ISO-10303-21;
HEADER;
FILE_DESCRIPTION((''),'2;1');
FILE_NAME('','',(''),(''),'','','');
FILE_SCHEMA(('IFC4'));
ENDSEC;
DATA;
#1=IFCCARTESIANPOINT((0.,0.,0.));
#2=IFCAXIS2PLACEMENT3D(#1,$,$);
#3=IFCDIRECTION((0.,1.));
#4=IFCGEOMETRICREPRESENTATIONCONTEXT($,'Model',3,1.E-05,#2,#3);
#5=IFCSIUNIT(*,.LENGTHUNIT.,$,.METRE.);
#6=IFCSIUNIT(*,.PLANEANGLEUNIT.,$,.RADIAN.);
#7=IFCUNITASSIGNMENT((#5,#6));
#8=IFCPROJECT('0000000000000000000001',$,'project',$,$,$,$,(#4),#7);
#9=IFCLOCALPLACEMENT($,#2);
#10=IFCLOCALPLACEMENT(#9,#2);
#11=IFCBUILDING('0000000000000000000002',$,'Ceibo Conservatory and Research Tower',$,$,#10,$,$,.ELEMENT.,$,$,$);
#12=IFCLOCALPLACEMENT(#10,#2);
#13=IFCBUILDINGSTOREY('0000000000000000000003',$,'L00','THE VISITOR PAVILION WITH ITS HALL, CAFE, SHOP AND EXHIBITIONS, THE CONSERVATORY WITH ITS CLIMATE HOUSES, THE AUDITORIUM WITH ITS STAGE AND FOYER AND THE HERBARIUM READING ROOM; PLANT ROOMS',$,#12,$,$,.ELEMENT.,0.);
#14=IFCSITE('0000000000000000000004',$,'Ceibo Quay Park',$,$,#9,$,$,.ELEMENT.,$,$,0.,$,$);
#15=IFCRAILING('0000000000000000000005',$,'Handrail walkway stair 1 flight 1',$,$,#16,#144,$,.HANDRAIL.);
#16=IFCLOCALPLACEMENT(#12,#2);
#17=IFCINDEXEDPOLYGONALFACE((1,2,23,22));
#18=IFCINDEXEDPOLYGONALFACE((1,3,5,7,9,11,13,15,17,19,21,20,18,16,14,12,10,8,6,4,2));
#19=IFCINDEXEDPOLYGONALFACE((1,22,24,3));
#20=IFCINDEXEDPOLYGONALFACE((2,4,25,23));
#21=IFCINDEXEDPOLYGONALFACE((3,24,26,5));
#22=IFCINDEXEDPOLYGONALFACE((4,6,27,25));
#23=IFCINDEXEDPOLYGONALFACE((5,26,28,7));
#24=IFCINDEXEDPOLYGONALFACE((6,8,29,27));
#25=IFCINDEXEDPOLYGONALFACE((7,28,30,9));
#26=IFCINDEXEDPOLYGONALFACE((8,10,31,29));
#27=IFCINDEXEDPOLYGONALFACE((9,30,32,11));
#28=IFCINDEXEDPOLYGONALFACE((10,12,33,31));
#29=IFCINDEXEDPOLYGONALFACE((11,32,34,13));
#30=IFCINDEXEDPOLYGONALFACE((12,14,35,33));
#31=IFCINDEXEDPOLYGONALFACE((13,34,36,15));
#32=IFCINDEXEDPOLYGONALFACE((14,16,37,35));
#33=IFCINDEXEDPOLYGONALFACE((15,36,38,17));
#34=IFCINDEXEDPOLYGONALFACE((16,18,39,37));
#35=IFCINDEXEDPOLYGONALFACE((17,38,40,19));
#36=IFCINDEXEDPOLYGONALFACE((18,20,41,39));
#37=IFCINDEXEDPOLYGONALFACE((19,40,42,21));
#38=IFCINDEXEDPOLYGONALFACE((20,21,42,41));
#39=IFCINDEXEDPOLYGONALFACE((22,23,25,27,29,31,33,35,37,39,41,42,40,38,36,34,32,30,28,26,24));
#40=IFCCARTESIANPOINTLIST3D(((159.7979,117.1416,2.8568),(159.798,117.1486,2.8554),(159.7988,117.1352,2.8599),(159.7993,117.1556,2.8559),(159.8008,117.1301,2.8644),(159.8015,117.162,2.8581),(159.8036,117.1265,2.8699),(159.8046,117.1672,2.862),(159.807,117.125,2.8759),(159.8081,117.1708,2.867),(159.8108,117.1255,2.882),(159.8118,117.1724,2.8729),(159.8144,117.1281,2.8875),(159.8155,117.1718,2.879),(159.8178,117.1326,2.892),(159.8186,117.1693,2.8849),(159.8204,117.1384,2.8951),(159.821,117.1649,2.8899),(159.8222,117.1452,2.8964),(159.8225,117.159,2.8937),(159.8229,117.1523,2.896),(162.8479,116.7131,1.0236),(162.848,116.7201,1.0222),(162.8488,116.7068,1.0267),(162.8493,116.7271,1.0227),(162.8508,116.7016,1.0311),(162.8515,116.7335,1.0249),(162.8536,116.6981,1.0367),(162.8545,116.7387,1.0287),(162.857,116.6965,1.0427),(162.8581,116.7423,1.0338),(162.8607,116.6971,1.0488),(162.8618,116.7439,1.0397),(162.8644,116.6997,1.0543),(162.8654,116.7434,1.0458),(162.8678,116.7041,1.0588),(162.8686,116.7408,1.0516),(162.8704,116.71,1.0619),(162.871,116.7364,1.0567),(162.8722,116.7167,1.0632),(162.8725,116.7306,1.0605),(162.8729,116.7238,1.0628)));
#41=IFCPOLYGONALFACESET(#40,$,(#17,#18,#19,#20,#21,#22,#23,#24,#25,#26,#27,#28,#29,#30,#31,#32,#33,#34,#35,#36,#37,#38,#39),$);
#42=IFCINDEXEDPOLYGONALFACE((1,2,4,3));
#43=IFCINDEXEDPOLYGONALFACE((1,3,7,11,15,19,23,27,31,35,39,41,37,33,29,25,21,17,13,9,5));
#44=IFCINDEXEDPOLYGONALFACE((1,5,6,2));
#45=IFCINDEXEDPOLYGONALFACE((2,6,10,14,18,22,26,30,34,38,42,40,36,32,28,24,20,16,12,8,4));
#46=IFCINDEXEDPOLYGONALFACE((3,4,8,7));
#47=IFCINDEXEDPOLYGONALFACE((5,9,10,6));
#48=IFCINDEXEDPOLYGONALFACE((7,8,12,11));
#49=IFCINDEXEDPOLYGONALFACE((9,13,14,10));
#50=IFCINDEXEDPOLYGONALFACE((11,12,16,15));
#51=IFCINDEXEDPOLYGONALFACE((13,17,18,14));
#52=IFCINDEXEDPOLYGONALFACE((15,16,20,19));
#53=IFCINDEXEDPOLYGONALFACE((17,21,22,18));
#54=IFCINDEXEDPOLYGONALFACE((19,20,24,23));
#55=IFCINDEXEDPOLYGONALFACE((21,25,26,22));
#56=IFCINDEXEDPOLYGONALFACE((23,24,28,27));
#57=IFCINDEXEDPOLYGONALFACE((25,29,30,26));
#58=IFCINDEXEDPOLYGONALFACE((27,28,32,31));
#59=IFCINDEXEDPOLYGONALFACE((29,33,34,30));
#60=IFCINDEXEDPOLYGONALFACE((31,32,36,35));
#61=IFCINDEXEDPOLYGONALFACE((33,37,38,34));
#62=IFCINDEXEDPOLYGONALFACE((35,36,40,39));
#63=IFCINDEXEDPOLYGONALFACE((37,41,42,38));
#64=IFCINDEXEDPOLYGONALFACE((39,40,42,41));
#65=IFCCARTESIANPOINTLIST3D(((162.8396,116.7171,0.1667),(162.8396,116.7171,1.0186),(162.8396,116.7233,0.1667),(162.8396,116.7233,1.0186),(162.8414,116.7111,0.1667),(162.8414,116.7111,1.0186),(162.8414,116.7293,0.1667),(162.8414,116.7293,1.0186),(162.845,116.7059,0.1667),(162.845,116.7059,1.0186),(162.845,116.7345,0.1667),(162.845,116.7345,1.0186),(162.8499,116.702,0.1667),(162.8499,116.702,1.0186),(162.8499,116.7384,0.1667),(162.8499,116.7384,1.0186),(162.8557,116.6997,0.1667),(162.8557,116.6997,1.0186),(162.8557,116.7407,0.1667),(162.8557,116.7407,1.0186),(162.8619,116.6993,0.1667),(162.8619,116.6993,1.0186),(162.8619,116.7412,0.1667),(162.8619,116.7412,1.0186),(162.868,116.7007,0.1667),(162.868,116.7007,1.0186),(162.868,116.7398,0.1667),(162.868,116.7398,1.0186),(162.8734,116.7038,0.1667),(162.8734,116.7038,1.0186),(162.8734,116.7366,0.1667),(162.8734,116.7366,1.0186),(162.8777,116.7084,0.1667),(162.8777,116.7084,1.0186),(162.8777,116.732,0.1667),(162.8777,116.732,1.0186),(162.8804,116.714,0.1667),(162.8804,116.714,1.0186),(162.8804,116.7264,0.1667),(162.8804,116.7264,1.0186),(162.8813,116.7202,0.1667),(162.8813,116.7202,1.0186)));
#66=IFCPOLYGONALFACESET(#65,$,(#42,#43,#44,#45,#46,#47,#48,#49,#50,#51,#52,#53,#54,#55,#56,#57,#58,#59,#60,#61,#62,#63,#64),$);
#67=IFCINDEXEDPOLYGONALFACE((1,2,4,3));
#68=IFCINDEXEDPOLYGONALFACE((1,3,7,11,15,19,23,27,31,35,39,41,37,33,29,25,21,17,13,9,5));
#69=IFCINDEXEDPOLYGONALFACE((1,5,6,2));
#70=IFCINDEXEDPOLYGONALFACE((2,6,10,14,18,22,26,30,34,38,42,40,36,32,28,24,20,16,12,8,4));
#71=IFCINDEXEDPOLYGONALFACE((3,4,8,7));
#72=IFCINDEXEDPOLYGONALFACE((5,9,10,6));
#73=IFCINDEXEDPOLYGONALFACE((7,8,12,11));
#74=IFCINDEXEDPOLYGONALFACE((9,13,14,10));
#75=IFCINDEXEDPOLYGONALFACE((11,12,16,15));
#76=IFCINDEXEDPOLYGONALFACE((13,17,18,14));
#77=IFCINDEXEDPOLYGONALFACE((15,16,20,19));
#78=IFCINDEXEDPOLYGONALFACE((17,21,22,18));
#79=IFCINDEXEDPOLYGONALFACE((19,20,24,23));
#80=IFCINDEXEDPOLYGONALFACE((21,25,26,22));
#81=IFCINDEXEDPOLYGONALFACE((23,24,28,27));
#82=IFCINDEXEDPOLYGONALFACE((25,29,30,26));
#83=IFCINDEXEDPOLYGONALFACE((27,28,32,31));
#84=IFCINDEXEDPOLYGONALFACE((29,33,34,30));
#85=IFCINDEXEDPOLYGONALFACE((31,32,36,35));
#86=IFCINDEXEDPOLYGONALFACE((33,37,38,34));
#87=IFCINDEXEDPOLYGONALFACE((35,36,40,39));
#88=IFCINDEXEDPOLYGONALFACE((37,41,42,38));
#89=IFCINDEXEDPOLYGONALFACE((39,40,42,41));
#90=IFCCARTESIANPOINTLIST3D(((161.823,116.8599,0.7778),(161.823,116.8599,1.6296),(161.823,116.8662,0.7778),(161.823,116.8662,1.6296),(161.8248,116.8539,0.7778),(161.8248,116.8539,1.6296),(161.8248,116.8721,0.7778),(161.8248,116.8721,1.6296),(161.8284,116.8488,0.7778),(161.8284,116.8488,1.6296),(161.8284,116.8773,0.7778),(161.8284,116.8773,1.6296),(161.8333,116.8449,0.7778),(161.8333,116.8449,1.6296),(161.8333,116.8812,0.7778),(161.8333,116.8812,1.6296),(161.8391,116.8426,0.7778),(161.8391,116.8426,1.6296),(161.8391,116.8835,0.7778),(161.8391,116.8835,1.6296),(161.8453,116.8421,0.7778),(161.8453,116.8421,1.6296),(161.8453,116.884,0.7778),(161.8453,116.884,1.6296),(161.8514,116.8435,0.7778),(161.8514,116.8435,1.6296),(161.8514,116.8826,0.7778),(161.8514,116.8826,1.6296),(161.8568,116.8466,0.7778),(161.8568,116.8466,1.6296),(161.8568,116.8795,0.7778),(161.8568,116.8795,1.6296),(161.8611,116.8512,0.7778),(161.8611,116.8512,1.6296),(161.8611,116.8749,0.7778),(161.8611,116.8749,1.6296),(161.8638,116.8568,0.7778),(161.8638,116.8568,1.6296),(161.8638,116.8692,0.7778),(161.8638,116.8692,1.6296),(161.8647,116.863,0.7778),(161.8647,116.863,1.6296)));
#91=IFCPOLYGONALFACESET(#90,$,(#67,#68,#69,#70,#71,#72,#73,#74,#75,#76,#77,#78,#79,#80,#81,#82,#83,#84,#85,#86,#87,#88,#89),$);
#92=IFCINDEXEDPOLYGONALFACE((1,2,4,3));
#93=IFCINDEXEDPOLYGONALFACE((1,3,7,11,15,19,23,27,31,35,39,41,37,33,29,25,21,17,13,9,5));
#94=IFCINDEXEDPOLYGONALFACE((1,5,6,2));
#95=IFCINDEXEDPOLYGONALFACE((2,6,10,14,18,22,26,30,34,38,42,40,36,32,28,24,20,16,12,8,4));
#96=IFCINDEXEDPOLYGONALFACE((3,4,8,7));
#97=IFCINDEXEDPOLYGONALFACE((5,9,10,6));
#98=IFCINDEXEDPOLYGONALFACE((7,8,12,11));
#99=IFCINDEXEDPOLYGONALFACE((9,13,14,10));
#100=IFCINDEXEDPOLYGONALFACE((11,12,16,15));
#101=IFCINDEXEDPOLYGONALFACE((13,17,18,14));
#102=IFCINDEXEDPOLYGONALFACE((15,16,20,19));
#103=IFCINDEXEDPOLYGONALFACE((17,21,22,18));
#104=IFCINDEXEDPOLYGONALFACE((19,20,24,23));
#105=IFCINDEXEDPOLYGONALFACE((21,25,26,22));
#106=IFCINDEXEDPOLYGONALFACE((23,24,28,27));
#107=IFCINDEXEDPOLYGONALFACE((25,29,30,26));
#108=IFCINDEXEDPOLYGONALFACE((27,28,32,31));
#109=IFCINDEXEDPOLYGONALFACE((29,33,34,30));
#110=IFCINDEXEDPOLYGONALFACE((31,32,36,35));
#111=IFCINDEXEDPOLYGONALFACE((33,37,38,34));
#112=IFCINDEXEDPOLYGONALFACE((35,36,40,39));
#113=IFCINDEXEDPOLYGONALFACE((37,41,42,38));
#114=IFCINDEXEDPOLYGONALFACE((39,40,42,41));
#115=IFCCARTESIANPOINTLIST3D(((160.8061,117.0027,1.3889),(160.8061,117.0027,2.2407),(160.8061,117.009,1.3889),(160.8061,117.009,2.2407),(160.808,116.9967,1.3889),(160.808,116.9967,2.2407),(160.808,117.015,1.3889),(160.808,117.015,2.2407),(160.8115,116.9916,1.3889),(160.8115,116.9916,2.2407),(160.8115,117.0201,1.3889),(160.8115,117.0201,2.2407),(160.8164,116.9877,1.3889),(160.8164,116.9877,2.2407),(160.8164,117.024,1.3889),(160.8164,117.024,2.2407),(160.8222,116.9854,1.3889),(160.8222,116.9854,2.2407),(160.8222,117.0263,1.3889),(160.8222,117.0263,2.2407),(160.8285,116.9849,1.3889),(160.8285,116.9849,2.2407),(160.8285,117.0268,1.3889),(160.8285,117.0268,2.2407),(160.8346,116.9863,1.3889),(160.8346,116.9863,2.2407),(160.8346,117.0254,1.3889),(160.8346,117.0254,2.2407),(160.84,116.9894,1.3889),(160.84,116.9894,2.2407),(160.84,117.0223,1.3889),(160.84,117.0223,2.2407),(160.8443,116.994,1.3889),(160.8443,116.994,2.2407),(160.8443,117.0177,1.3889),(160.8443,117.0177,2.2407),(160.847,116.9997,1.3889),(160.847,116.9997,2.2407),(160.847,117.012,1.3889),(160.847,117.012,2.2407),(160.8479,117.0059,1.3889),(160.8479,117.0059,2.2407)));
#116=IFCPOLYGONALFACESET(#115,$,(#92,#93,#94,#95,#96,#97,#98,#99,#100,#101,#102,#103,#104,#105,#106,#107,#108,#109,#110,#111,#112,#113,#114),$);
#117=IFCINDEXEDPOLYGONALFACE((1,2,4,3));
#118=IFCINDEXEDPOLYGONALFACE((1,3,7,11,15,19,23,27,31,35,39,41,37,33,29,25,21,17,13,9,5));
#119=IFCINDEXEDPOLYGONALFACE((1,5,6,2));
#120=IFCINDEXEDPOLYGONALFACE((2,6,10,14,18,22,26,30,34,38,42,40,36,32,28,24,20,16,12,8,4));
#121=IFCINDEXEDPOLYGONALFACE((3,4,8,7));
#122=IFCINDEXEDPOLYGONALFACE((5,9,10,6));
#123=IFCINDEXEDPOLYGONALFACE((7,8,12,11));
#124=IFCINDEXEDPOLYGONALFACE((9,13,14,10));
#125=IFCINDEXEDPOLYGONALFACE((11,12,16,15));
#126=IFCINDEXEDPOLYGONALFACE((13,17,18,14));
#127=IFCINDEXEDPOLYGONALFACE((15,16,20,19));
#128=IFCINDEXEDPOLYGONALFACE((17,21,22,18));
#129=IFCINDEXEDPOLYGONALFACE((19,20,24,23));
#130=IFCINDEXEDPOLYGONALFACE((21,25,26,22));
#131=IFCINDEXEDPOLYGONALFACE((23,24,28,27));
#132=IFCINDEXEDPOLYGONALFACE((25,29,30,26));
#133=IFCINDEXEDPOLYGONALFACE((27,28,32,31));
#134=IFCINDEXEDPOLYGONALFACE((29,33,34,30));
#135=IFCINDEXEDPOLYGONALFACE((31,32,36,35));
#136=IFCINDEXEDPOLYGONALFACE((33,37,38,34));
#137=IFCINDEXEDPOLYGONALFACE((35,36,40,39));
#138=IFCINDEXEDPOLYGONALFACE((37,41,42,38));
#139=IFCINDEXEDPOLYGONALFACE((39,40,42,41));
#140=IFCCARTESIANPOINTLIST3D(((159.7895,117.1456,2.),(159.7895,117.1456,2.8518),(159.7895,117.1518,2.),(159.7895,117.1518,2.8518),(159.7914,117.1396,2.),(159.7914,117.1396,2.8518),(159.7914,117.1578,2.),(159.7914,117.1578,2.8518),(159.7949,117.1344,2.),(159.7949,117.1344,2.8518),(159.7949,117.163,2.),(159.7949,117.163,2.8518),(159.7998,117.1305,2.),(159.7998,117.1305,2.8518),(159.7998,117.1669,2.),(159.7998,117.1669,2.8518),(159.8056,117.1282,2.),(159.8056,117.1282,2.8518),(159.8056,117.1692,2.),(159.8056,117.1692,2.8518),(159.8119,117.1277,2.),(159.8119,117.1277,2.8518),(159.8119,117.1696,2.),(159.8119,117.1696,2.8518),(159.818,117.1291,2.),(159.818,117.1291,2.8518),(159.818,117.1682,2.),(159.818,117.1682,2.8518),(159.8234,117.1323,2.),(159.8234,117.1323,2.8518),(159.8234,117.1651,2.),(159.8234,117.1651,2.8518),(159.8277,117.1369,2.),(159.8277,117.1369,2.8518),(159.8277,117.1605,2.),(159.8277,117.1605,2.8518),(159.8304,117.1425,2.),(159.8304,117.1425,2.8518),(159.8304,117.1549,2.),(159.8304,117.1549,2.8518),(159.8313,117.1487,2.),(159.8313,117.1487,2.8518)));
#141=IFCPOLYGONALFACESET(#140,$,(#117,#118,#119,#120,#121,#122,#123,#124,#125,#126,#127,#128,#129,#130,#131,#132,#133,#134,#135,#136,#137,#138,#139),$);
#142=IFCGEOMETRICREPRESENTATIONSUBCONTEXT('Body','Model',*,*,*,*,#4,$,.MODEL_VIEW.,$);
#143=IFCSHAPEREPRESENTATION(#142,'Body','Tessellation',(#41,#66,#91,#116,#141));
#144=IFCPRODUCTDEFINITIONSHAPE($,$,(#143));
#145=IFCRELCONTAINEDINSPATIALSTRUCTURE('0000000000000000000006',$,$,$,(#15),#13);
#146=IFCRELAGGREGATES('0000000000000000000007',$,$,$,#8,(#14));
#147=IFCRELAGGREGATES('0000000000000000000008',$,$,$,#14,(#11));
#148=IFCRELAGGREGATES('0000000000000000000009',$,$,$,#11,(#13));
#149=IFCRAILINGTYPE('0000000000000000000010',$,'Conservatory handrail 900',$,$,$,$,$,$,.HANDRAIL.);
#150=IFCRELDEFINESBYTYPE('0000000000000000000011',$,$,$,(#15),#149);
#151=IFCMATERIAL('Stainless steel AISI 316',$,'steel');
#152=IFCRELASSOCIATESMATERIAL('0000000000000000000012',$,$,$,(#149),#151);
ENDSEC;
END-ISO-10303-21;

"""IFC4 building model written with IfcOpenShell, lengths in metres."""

from ifc_helpers import new_model, si_unit, direction, frame, origin, origin_2d, place, context, subcontext, project, spatial, circle, extrude, material, type_object, element, save


model = new_model("IFC4")

# Units and contexts
model_context = context("Model", 3, precision=1e-05, world=origin(), true_north=direction((0.0, 1.0)))
body_context = subcontext(model_context, "Body", "Model", "MODEL_VIEW")
ifc_project = project(units=[si_unit("LENGTHUNIT", "METRE"), si_unit("PLANEANGLEUNIT", "RADIAN")], contexts=[model_context])

# Site, building, storey
site_placement = place(None, origin())
site = spatial("IfcSite", under=ifc_project, at=site_placement, Name="Ceibo Quay Park", CompositionType="ELEMENT", RefElevation=0.0)
building_placement = place(site_placement, origin())
building = spatial("IfcBuilding", under=site, at=building_placement, Name="Ceibo Conservatory and Research Tower", CompositionType="ELEMENT")
storey_placement = place(building_placement, origin())
storey = spatial("IfcBuildingStorey", under=building, at=storey_placement, Name="L00", Description="THE VISITOR PAVILION WITH ITS HALL, CAFE, SHOP AND EXHIBITIONS, THE CONSERVATORY WITH ITS CLIMATE HOUSES, THE AUDITORIUM WITH ITS STAGE AND FOYER AND THE HERBARIUM READING ROOM; PLANT ROOMS", CompositionType="ELEMENT", Elevation=0.0)

# Railing
ifc_material_1 = material(Name="Stainless steel AISI 316", Category="steel")
railing_type_1 = type_object("IfcRailingType", Name="Conservatory handrail 900", PredefinedType="HANDRAIL", material=ifc_material_1)
railing_1_placement = place(storey_placement, frame((162.8604, 116.7202, 0.1667)))
element("IfcRailing", 1, at=railing_1_placement, inside=storey, type_object=railing_type_1, Name="Handrail walkway stair 1 flight 1", PredefinedType="HANDRAIL", context=body_context, shape_type="SweptSolid", body=[
    extrude(circle(Radius=0.0239, at=origin_2d()), frame((0.0, 0.0, 0.876), z_axis=(-0.850947, 0.11954, 0.511467), x_axis=(-0.139113, -0.990277, 0.0)), (0.0, 0.0, 1.0), 3.5842),
    extrude(circle(Radius=0.021, at=origin_2d()), origin(), (0.0, 0.0, 1.0), 0.8518),
    extrude(circle(Radius=0.021, at=origin_2d()), frame((-1.0166, 0.1428, 0.6111)), (0.0, 0.0, 1.0), 0.8518),
    extrude(circle(Radius=0.021, at=origin_2d()), frame((-2.0334, 0.2856, 1.2222)), (0.0, 0.0, 1.0), 0.8518),
    extrude(circle(Radius=0.021, at=origin_2d()), frame((-3.05, 0.4285, 1.8333)), (0.0, 0.0, 1.0), 0.8518),
])

save(model, "model.ifc")
